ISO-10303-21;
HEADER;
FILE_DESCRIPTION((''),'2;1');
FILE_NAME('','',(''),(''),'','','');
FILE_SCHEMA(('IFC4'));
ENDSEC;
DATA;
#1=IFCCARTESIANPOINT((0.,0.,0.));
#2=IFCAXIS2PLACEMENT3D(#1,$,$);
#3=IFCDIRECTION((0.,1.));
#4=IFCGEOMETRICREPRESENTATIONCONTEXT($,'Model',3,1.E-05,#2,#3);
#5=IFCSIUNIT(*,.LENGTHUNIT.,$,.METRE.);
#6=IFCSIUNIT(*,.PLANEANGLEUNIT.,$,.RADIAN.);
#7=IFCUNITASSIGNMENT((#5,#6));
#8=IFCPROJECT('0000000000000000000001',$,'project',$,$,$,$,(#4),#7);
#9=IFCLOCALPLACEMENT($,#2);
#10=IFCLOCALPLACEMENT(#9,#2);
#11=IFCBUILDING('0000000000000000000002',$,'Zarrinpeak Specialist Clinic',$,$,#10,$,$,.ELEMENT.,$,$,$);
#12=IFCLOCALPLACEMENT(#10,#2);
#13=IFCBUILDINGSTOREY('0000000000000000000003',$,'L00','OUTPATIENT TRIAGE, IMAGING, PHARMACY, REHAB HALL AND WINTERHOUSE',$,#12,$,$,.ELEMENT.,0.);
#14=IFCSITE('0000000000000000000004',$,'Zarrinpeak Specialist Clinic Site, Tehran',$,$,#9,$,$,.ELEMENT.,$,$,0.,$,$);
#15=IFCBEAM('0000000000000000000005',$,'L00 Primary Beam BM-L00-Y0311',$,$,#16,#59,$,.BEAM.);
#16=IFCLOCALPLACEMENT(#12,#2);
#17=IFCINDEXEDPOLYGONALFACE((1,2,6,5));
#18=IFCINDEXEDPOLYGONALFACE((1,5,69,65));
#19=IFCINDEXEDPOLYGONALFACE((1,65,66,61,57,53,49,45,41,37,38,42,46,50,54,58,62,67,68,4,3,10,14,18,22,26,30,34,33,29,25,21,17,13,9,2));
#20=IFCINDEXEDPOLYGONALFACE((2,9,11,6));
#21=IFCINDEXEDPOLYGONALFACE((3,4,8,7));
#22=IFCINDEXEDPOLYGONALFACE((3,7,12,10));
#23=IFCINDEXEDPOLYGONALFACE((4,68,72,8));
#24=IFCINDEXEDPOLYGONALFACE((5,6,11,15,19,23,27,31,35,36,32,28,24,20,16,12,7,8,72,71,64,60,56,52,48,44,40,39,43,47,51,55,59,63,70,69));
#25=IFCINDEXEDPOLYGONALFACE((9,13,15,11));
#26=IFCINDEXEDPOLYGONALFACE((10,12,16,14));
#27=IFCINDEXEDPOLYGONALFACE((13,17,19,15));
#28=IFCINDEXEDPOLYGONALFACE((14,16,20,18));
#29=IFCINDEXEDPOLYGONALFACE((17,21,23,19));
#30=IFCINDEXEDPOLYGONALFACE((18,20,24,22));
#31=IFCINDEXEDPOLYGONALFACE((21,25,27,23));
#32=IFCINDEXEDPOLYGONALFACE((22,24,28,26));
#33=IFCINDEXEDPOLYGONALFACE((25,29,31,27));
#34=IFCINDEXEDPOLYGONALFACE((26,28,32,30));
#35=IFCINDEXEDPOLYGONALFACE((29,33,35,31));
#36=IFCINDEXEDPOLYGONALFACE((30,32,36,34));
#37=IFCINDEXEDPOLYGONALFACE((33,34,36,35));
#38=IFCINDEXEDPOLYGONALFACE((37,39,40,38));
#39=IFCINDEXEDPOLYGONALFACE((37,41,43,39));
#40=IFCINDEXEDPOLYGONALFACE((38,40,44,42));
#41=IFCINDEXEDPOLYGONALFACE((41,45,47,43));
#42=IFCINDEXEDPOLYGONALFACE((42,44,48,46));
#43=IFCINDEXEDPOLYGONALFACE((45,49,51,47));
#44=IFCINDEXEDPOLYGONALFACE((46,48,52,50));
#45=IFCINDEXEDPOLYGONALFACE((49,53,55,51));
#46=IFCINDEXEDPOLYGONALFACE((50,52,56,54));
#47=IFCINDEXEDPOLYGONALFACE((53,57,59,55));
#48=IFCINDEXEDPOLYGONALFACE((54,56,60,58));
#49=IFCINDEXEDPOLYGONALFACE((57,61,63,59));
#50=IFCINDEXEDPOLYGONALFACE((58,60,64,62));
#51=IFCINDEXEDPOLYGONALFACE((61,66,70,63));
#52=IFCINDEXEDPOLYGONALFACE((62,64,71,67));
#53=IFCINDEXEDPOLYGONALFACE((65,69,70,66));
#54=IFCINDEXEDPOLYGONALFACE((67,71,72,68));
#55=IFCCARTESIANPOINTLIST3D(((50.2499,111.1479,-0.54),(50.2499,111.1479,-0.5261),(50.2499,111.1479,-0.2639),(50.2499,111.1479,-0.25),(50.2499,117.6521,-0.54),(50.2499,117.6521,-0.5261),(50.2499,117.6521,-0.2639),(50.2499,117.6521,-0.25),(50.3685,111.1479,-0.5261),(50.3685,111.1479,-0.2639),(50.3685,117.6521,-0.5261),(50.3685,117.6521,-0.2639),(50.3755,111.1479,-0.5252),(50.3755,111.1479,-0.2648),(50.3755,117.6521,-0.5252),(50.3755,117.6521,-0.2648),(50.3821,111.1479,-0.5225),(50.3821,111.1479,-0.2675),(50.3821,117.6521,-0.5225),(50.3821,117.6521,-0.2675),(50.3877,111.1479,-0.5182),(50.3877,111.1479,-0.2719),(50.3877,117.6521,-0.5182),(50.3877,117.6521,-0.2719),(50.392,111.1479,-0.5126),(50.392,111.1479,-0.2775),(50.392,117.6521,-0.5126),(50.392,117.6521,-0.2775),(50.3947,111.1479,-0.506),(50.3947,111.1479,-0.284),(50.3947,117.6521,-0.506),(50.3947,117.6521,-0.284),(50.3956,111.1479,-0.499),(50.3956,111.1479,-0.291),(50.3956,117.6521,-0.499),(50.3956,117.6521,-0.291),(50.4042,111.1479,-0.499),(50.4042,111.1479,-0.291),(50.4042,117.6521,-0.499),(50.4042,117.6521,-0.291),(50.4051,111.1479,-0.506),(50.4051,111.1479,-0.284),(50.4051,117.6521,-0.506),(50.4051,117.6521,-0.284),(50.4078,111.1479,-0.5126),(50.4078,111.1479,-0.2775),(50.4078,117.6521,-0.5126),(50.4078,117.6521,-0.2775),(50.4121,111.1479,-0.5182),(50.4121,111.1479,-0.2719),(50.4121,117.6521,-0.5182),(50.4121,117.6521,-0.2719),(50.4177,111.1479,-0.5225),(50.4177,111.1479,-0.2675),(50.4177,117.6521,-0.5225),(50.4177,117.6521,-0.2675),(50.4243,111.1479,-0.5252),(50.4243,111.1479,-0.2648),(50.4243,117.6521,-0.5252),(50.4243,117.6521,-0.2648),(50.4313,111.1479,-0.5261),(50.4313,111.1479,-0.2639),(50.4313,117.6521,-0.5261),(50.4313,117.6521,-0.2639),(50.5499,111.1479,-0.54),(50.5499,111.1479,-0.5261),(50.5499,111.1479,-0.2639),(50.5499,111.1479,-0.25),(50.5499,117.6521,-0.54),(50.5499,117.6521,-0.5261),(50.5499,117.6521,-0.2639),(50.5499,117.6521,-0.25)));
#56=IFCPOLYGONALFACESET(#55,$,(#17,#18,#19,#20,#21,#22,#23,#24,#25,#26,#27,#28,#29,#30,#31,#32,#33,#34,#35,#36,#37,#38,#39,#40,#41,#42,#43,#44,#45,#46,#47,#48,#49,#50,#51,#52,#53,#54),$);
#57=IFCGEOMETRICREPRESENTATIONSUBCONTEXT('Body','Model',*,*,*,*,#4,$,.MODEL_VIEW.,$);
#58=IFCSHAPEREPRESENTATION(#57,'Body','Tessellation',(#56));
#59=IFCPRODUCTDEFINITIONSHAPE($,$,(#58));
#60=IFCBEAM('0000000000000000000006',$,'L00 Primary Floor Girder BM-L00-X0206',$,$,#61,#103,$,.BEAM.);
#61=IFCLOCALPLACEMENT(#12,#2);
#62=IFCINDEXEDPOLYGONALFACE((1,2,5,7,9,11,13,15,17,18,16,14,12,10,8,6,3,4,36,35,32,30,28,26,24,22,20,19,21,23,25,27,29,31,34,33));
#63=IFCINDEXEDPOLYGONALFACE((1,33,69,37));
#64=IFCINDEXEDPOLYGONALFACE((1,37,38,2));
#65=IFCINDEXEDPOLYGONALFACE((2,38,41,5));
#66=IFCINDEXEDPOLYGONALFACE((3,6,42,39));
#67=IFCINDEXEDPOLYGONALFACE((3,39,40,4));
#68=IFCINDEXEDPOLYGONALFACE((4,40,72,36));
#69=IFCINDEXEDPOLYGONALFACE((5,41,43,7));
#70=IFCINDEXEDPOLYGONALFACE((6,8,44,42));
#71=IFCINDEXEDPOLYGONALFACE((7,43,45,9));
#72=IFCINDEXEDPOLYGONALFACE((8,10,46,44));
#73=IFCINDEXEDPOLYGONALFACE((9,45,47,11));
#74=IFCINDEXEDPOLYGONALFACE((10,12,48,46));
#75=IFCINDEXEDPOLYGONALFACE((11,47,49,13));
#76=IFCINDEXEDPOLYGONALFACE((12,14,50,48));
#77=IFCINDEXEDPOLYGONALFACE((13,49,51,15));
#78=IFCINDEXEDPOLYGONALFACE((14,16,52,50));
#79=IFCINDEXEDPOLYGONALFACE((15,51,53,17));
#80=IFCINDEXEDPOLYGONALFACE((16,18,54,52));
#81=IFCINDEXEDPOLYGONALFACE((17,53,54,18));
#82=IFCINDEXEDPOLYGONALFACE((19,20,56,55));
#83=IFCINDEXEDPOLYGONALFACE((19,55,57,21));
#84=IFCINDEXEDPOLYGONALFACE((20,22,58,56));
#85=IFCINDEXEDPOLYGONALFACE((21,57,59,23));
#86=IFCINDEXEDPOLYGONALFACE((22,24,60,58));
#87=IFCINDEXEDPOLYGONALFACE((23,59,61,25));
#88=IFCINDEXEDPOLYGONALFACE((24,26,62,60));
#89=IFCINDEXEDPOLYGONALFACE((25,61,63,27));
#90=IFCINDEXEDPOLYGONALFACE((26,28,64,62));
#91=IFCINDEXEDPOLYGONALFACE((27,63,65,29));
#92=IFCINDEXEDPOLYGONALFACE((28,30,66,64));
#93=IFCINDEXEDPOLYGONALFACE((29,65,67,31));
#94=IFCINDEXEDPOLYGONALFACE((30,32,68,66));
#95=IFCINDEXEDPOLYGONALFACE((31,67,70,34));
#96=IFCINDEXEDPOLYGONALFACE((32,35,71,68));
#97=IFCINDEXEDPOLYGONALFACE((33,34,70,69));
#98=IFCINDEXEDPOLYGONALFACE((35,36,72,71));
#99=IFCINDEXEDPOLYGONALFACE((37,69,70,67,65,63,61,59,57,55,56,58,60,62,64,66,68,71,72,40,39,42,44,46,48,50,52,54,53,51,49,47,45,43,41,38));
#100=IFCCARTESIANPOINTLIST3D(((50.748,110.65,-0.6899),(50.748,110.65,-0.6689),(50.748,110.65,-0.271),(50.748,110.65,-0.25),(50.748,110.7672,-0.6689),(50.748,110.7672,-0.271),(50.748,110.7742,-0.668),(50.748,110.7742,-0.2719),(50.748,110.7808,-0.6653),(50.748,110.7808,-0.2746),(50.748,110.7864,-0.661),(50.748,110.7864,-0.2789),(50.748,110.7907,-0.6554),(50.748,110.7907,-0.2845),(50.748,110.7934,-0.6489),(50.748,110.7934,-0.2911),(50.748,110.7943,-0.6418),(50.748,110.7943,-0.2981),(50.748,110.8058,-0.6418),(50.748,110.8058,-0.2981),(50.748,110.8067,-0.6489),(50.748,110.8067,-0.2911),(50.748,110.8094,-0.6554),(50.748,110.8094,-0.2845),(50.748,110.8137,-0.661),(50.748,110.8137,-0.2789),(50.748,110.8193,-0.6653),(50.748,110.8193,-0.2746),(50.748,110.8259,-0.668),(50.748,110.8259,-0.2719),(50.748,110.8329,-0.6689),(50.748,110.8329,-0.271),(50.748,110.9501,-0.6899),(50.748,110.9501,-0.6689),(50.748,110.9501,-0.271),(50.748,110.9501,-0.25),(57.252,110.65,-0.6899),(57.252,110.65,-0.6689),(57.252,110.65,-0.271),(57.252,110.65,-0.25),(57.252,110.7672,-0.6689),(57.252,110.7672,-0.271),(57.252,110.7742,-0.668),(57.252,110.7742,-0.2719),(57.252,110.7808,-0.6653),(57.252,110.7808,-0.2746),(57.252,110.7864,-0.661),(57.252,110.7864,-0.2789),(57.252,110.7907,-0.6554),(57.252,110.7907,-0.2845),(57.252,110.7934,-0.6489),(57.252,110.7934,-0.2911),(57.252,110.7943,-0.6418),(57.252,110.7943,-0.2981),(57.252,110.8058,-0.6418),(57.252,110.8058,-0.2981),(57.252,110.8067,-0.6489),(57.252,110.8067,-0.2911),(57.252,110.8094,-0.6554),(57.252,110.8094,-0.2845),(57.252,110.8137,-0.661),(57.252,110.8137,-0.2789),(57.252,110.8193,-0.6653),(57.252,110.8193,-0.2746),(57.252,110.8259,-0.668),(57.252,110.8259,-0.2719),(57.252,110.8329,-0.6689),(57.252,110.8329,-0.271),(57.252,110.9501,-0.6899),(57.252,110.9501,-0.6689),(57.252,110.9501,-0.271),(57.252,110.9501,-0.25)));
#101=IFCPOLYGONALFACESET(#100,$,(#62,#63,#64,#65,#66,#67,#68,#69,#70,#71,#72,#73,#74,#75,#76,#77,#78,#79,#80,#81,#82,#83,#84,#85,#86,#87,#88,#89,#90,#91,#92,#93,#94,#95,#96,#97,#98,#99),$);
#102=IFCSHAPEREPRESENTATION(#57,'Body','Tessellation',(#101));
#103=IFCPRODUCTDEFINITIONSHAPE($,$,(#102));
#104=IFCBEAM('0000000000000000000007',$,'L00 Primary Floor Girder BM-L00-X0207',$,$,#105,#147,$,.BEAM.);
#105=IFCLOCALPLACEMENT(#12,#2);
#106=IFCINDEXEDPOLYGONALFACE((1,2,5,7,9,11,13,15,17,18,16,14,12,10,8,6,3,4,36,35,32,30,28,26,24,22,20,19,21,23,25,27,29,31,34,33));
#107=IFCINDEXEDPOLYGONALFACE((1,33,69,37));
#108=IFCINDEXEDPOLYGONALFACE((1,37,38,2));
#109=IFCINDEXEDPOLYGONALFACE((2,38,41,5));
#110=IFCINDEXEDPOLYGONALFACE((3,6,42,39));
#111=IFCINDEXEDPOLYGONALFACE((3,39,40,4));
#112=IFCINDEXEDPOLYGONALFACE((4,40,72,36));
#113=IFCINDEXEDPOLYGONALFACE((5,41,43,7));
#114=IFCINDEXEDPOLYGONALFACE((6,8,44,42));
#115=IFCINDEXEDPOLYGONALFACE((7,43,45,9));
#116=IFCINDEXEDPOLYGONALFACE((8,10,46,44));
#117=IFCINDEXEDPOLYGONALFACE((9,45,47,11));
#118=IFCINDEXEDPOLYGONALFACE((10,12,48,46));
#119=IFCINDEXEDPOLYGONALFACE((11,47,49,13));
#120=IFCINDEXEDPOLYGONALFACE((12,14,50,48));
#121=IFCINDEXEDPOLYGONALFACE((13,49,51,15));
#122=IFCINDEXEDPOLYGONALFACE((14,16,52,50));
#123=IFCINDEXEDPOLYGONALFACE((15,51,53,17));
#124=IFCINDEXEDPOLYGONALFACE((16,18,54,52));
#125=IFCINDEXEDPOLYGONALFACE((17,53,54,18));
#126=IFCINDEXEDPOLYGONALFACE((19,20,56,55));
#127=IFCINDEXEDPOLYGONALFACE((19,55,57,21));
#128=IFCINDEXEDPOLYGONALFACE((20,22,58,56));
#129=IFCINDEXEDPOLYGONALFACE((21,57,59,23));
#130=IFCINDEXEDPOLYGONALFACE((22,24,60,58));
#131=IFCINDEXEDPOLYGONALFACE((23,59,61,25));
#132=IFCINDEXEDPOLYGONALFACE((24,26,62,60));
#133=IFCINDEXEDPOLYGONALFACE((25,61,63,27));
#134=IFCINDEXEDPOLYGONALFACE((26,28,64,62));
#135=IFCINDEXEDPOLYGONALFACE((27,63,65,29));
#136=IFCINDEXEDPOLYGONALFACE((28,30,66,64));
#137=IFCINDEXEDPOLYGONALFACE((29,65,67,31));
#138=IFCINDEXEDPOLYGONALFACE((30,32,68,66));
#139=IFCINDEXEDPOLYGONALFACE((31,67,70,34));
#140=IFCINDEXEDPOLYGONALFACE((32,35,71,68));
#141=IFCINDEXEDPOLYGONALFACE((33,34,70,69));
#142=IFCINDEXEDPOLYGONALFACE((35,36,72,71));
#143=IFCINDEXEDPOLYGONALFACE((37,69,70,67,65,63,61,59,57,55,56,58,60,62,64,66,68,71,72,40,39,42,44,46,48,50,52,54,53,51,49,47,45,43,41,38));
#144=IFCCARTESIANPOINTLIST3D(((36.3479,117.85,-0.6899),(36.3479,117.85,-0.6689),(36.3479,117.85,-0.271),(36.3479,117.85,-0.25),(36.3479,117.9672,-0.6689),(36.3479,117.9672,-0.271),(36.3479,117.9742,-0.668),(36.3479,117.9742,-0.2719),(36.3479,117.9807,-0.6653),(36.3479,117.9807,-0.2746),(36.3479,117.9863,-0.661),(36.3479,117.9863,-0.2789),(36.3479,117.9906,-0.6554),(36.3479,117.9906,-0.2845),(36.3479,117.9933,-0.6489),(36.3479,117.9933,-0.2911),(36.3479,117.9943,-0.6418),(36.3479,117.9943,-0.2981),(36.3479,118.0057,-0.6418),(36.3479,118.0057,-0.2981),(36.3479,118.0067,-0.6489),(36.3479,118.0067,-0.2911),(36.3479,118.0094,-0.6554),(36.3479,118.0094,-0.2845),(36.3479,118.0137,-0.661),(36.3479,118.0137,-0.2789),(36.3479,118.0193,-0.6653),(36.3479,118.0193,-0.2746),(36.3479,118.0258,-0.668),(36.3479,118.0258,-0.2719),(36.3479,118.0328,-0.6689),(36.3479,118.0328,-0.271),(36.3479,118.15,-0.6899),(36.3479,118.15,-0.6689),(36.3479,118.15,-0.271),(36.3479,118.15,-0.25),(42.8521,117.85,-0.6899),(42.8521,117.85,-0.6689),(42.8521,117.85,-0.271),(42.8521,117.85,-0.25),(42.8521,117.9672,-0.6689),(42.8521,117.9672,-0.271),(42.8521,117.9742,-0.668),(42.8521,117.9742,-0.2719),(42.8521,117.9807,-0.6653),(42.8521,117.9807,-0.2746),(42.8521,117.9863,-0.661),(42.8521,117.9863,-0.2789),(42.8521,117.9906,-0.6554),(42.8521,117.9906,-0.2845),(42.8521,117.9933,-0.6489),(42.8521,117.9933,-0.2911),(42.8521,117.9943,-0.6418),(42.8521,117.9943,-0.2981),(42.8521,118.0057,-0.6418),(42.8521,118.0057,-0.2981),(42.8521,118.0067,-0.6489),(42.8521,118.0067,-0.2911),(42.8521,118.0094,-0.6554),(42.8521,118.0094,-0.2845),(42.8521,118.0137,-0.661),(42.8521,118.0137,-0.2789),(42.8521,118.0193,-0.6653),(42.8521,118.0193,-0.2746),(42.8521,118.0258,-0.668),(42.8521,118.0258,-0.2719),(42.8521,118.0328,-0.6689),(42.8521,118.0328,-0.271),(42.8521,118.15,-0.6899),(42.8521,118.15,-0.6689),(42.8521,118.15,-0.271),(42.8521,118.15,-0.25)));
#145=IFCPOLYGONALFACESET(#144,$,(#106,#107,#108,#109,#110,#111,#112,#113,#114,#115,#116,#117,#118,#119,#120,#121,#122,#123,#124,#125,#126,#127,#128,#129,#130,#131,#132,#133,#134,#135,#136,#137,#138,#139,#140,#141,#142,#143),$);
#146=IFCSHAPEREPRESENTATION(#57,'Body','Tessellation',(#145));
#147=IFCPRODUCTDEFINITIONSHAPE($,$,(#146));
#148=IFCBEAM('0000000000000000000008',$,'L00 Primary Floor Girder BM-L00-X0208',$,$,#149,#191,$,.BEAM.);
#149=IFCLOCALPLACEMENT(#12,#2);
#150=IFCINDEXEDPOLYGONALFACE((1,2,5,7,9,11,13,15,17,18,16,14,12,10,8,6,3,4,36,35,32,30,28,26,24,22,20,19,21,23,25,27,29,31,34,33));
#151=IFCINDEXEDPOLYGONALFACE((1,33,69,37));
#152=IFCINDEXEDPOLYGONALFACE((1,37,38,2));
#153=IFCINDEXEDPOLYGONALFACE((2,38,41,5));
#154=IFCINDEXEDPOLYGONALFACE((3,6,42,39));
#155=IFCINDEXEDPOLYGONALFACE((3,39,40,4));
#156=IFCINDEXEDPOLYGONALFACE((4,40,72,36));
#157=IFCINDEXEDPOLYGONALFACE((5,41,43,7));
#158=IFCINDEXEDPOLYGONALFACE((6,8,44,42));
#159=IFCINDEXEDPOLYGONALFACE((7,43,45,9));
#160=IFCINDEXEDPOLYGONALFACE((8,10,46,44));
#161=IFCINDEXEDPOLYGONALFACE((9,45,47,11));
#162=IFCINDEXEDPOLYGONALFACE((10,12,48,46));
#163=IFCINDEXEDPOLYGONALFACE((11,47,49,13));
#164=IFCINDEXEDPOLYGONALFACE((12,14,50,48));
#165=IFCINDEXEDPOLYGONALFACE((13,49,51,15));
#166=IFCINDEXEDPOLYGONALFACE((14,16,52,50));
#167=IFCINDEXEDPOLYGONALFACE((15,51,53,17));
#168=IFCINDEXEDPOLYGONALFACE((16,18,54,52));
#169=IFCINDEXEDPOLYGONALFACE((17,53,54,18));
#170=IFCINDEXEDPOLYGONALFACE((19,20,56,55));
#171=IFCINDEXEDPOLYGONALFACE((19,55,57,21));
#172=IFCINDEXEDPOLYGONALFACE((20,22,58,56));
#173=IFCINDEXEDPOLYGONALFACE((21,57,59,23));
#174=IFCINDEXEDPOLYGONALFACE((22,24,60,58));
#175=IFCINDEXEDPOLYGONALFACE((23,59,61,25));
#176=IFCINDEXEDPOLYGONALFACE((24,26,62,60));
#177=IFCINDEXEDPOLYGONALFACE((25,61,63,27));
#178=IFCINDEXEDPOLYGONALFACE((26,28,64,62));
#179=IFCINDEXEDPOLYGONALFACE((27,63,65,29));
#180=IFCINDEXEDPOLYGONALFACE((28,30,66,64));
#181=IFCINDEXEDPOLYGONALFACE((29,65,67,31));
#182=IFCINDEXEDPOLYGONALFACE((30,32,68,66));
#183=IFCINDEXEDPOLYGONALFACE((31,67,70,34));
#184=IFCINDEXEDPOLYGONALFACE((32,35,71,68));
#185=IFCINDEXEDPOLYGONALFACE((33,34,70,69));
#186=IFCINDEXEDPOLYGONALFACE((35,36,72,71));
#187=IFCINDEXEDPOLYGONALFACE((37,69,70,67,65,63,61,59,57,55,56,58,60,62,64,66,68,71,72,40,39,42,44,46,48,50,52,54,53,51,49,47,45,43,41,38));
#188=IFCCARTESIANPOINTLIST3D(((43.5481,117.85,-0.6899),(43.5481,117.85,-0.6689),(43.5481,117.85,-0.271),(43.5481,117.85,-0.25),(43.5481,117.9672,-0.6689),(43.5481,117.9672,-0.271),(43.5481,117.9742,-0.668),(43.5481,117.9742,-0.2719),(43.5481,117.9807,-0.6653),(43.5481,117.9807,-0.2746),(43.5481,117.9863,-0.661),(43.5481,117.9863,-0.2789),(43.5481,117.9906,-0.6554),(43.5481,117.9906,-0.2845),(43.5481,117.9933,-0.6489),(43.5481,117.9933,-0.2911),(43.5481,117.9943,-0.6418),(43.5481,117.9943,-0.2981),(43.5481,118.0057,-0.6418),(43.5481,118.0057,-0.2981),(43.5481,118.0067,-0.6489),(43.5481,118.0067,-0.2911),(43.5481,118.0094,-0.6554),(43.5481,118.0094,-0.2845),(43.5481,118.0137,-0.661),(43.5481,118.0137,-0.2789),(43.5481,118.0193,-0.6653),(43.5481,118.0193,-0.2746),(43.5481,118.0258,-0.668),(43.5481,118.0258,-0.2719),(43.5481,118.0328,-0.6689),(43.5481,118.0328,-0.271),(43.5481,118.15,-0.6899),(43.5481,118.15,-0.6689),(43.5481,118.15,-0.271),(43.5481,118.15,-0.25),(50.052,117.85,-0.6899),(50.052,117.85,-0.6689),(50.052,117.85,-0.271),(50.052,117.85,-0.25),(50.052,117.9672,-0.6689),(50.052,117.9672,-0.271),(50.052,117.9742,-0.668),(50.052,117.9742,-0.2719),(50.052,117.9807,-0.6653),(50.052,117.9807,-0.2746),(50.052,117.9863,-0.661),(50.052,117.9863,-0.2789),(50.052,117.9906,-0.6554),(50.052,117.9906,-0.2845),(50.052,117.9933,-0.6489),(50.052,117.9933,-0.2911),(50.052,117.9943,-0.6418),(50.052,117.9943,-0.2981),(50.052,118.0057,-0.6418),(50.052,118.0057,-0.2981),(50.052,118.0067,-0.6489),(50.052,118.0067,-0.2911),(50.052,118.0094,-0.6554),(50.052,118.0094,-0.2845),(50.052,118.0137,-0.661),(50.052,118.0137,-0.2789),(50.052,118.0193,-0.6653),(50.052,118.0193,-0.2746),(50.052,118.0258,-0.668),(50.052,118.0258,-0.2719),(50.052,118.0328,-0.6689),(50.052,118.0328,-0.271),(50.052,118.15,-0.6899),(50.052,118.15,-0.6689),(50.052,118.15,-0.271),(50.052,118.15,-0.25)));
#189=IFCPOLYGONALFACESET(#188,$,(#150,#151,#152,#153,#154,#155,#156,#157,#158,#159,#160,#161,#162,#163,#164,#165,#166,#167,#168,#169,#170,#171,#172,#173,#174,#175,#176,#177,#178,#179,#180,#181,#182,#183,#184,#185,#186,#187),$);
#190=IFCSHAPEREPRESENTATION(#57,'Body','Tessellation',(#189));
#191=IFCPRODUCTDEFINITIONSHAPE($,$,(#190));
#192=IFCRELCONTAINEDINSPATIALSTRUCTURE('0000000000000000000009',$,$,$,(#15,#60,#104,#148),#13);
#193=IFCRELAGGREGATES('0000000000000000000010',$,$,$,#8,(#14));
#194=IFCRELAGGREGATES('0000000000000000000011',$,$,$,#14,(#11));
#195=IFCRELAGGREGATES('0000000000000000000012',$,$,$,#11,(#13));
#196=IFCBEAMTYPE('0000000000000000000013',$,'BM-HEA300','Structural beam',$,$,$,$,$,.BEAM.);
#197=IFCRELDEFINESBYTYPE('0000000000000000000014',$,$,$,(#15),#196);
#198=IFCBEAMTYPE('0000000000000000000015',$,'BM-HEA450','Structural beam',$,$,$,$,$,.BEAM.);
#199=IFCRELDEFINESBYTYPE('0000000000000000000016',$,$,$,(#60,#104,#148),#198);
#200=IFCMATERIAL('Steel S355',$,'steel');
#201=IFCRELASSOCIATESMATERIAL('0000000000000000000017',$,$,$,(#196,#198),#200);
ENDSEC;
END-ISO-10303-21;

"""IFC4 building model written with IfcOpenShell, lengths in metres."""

from ifc_helpers import new_model, si_unit, direction, frame, origin, origin_2d, place, context, subcontext, project, spatial, i_section, extrude, material, material_profile, profile_set, type_object, element, save


model = new_model("IFC4")

# Units and contexts
model_context = context("Model", 3, precision=1e-05, world=origin(), true_north=direction((0.0, 1.0)))
body_context = subcontext(model_context, "Body", "Model", "MODEL_VIEW")
ifc_project = project(units=[si_unit("LENGTHUNIT", "METRE"), si_unit("PLANEANGLEUNIT", "RADIAN")], contexts=[model_context])

# Site, building, storey
site_placement = place(None, origin())
site = spatial("IfcSite", under=ifc_project, at=site_placement, Name="Zarrinpeak Specialist Clinic Site, Tehran", CompositionType="ELEMENT", RefElevation=0.0)
building_placement = place(site_placement, origin())
building = spatial("IfcBuilding", under=site, at=building_placement, Name="Zarrinpeak Specialist Clinic", CompositionType="ELEMENT")
storey_placement = place(building_placement, origin())
storey = spatial("IfcBuildingStorey", under=building, at=storey_placement, Name="L00", Description="OUTPATIENT TRIAGE, IMAGING, PHARMACY, REHAB HALL AND WINTERHOUSE", CompositionType="ELEMENT", Elevation=0.0)

# Shared definitions
ifc_material_1 = material(Name="Steel S355", Category="steel")

# Beams
ifc_material_profile_1 = material_profile(ifc_material_1, i_section(OverallWidth=0.3, OverallDepth=0.29, WebThickness=0.0085, FlangeThickness=0.0139, FilletRadius=0.0271, at=origin_2d()), Name="HEA 300")
ifc_profile_set_1 = profile_set([ifc_material_profile_1], Name="Steel S355")
beam_type_1 = type_object("IfcBeamType", Name="BM-HEA300", Description="Structural beam", PredefinedType="BEAM", material=ifc_profile_set_1)
for number, where, z_axis, x_axis, name in (
    (1, (50.3999, 111.1479, -0.395), (0.0, 1.0, 0.0), (-1.0, 0.0, 0.0), "L00 Primary Beam BM-L00-Y0311"),
):
    element("IfcBeam", number, at=place(storey_placement, frame(where, z_axis=z_axis, x_axis=x_axis)), inside=storey, type_object=beam_type_1, Name=name, PredefinedType="BEAM", context=body_context, shape_type="SweptSolid", body=[
        extrude(i_section(OverallWidth=0.3, OverallDepth=0.29, WebThickness=0.0085, FlangeThickness=0.0139, FilletRadius=0.0271, at=origin_2d()), origin(), (0.0, 0.0, 1.0), 6.5042),
    ])
ifc_material_profile_2 = material_profile(ifc_material_1, i_section(OverallWidth=0.3, OverallDepth=0.4399, WebThickness=0.0115, FlangeThickness=0.021, FilletRadius=0.0271, at=origin_2d()), Name="HEA 450")
ifc_profile_set_2 = profile_set([ifc_material_profile_2], Name="Steel S355")
beam_type_2 = type_object("IfcBeamType", Name="BM-HEA450", Description="Structural beam", PredefinedType="BEAM", material=ifc_profile_set_2)
beam_1_placement = place(storey_placement, frame((50.748, 110.8, -0.47), z_axis=(1.0, 0.0, 0.0), x_axis=(0.0, 1.0, 0.0)))
element("IfcBeam", 2, at=beam_1_placement, inside=storey, type_object=beam_type_2, Name="L00 Primary Floor Girder BM-L00-X0206", PredefinedType="BEAM", context=body_context, shape_type="SweptSolid", body=[
    extrude(i_section(OverallWidth=0.3, OverallDepth=0.4399, WebThickness=0.0115, FlangeThickness=0.021, FilletRadius=0.0271, at=origin_2d()), origin(), (0.0, 0.0, 1.0), 6.5039),
])
beam_2_placement = place(storey_placement, frame((36.3479, 118.0, -0.47), z_axis=(1.0, 0.0, 0.0), x_axis=(0.0, 1.0, 0.0)))
element("IfcBeam", 3, at=beam_2_placement, inside=storey, type_object=beam_type_2, Name="L00 Primary Floor Girder BM-L00-X0207", PredefinedType="BEAM", context=body_context, shape_type="SweptSolid", body=[
    extrude(i_section(OverallWidth=0.3, OverallDepth=0.4399, WebThickness=0.0115, FlangeThickness=0.021, FilletRadius=0.0271, at=origin_2d()), origin(), (0.0, 0.0, 1.0), 6.5042),
])
for number, where, z_axis, x_axis, name in (
    (4, (43.5481, 118.0, -0.47), (1.0, 0.0, 0.0), (0.0, 1.0, 0.0), "L00 Primary Floor Girder BM-L00-X0208"),
):
    element("IfcBeam", number, at=place(storey_placement, frame(where, z_axis=z_axis, x_axis=x_axis)), inside=storey, type_object=beam_type_2, Name=name, PredefinedType="BEAM", context=body_context, shape_type="SweptSolid", body=[
        extrude(i_section(OverallWidth=0.3, OverallDepth=0.4399, WebThickness=0.0115, FlangeThickness=0.021, FilletRadius=0.0271, at=origin_2d()), origin(), (0.0, 0.0, 1.0), 6.5039),
    ])

save(model, "model.ifc")
